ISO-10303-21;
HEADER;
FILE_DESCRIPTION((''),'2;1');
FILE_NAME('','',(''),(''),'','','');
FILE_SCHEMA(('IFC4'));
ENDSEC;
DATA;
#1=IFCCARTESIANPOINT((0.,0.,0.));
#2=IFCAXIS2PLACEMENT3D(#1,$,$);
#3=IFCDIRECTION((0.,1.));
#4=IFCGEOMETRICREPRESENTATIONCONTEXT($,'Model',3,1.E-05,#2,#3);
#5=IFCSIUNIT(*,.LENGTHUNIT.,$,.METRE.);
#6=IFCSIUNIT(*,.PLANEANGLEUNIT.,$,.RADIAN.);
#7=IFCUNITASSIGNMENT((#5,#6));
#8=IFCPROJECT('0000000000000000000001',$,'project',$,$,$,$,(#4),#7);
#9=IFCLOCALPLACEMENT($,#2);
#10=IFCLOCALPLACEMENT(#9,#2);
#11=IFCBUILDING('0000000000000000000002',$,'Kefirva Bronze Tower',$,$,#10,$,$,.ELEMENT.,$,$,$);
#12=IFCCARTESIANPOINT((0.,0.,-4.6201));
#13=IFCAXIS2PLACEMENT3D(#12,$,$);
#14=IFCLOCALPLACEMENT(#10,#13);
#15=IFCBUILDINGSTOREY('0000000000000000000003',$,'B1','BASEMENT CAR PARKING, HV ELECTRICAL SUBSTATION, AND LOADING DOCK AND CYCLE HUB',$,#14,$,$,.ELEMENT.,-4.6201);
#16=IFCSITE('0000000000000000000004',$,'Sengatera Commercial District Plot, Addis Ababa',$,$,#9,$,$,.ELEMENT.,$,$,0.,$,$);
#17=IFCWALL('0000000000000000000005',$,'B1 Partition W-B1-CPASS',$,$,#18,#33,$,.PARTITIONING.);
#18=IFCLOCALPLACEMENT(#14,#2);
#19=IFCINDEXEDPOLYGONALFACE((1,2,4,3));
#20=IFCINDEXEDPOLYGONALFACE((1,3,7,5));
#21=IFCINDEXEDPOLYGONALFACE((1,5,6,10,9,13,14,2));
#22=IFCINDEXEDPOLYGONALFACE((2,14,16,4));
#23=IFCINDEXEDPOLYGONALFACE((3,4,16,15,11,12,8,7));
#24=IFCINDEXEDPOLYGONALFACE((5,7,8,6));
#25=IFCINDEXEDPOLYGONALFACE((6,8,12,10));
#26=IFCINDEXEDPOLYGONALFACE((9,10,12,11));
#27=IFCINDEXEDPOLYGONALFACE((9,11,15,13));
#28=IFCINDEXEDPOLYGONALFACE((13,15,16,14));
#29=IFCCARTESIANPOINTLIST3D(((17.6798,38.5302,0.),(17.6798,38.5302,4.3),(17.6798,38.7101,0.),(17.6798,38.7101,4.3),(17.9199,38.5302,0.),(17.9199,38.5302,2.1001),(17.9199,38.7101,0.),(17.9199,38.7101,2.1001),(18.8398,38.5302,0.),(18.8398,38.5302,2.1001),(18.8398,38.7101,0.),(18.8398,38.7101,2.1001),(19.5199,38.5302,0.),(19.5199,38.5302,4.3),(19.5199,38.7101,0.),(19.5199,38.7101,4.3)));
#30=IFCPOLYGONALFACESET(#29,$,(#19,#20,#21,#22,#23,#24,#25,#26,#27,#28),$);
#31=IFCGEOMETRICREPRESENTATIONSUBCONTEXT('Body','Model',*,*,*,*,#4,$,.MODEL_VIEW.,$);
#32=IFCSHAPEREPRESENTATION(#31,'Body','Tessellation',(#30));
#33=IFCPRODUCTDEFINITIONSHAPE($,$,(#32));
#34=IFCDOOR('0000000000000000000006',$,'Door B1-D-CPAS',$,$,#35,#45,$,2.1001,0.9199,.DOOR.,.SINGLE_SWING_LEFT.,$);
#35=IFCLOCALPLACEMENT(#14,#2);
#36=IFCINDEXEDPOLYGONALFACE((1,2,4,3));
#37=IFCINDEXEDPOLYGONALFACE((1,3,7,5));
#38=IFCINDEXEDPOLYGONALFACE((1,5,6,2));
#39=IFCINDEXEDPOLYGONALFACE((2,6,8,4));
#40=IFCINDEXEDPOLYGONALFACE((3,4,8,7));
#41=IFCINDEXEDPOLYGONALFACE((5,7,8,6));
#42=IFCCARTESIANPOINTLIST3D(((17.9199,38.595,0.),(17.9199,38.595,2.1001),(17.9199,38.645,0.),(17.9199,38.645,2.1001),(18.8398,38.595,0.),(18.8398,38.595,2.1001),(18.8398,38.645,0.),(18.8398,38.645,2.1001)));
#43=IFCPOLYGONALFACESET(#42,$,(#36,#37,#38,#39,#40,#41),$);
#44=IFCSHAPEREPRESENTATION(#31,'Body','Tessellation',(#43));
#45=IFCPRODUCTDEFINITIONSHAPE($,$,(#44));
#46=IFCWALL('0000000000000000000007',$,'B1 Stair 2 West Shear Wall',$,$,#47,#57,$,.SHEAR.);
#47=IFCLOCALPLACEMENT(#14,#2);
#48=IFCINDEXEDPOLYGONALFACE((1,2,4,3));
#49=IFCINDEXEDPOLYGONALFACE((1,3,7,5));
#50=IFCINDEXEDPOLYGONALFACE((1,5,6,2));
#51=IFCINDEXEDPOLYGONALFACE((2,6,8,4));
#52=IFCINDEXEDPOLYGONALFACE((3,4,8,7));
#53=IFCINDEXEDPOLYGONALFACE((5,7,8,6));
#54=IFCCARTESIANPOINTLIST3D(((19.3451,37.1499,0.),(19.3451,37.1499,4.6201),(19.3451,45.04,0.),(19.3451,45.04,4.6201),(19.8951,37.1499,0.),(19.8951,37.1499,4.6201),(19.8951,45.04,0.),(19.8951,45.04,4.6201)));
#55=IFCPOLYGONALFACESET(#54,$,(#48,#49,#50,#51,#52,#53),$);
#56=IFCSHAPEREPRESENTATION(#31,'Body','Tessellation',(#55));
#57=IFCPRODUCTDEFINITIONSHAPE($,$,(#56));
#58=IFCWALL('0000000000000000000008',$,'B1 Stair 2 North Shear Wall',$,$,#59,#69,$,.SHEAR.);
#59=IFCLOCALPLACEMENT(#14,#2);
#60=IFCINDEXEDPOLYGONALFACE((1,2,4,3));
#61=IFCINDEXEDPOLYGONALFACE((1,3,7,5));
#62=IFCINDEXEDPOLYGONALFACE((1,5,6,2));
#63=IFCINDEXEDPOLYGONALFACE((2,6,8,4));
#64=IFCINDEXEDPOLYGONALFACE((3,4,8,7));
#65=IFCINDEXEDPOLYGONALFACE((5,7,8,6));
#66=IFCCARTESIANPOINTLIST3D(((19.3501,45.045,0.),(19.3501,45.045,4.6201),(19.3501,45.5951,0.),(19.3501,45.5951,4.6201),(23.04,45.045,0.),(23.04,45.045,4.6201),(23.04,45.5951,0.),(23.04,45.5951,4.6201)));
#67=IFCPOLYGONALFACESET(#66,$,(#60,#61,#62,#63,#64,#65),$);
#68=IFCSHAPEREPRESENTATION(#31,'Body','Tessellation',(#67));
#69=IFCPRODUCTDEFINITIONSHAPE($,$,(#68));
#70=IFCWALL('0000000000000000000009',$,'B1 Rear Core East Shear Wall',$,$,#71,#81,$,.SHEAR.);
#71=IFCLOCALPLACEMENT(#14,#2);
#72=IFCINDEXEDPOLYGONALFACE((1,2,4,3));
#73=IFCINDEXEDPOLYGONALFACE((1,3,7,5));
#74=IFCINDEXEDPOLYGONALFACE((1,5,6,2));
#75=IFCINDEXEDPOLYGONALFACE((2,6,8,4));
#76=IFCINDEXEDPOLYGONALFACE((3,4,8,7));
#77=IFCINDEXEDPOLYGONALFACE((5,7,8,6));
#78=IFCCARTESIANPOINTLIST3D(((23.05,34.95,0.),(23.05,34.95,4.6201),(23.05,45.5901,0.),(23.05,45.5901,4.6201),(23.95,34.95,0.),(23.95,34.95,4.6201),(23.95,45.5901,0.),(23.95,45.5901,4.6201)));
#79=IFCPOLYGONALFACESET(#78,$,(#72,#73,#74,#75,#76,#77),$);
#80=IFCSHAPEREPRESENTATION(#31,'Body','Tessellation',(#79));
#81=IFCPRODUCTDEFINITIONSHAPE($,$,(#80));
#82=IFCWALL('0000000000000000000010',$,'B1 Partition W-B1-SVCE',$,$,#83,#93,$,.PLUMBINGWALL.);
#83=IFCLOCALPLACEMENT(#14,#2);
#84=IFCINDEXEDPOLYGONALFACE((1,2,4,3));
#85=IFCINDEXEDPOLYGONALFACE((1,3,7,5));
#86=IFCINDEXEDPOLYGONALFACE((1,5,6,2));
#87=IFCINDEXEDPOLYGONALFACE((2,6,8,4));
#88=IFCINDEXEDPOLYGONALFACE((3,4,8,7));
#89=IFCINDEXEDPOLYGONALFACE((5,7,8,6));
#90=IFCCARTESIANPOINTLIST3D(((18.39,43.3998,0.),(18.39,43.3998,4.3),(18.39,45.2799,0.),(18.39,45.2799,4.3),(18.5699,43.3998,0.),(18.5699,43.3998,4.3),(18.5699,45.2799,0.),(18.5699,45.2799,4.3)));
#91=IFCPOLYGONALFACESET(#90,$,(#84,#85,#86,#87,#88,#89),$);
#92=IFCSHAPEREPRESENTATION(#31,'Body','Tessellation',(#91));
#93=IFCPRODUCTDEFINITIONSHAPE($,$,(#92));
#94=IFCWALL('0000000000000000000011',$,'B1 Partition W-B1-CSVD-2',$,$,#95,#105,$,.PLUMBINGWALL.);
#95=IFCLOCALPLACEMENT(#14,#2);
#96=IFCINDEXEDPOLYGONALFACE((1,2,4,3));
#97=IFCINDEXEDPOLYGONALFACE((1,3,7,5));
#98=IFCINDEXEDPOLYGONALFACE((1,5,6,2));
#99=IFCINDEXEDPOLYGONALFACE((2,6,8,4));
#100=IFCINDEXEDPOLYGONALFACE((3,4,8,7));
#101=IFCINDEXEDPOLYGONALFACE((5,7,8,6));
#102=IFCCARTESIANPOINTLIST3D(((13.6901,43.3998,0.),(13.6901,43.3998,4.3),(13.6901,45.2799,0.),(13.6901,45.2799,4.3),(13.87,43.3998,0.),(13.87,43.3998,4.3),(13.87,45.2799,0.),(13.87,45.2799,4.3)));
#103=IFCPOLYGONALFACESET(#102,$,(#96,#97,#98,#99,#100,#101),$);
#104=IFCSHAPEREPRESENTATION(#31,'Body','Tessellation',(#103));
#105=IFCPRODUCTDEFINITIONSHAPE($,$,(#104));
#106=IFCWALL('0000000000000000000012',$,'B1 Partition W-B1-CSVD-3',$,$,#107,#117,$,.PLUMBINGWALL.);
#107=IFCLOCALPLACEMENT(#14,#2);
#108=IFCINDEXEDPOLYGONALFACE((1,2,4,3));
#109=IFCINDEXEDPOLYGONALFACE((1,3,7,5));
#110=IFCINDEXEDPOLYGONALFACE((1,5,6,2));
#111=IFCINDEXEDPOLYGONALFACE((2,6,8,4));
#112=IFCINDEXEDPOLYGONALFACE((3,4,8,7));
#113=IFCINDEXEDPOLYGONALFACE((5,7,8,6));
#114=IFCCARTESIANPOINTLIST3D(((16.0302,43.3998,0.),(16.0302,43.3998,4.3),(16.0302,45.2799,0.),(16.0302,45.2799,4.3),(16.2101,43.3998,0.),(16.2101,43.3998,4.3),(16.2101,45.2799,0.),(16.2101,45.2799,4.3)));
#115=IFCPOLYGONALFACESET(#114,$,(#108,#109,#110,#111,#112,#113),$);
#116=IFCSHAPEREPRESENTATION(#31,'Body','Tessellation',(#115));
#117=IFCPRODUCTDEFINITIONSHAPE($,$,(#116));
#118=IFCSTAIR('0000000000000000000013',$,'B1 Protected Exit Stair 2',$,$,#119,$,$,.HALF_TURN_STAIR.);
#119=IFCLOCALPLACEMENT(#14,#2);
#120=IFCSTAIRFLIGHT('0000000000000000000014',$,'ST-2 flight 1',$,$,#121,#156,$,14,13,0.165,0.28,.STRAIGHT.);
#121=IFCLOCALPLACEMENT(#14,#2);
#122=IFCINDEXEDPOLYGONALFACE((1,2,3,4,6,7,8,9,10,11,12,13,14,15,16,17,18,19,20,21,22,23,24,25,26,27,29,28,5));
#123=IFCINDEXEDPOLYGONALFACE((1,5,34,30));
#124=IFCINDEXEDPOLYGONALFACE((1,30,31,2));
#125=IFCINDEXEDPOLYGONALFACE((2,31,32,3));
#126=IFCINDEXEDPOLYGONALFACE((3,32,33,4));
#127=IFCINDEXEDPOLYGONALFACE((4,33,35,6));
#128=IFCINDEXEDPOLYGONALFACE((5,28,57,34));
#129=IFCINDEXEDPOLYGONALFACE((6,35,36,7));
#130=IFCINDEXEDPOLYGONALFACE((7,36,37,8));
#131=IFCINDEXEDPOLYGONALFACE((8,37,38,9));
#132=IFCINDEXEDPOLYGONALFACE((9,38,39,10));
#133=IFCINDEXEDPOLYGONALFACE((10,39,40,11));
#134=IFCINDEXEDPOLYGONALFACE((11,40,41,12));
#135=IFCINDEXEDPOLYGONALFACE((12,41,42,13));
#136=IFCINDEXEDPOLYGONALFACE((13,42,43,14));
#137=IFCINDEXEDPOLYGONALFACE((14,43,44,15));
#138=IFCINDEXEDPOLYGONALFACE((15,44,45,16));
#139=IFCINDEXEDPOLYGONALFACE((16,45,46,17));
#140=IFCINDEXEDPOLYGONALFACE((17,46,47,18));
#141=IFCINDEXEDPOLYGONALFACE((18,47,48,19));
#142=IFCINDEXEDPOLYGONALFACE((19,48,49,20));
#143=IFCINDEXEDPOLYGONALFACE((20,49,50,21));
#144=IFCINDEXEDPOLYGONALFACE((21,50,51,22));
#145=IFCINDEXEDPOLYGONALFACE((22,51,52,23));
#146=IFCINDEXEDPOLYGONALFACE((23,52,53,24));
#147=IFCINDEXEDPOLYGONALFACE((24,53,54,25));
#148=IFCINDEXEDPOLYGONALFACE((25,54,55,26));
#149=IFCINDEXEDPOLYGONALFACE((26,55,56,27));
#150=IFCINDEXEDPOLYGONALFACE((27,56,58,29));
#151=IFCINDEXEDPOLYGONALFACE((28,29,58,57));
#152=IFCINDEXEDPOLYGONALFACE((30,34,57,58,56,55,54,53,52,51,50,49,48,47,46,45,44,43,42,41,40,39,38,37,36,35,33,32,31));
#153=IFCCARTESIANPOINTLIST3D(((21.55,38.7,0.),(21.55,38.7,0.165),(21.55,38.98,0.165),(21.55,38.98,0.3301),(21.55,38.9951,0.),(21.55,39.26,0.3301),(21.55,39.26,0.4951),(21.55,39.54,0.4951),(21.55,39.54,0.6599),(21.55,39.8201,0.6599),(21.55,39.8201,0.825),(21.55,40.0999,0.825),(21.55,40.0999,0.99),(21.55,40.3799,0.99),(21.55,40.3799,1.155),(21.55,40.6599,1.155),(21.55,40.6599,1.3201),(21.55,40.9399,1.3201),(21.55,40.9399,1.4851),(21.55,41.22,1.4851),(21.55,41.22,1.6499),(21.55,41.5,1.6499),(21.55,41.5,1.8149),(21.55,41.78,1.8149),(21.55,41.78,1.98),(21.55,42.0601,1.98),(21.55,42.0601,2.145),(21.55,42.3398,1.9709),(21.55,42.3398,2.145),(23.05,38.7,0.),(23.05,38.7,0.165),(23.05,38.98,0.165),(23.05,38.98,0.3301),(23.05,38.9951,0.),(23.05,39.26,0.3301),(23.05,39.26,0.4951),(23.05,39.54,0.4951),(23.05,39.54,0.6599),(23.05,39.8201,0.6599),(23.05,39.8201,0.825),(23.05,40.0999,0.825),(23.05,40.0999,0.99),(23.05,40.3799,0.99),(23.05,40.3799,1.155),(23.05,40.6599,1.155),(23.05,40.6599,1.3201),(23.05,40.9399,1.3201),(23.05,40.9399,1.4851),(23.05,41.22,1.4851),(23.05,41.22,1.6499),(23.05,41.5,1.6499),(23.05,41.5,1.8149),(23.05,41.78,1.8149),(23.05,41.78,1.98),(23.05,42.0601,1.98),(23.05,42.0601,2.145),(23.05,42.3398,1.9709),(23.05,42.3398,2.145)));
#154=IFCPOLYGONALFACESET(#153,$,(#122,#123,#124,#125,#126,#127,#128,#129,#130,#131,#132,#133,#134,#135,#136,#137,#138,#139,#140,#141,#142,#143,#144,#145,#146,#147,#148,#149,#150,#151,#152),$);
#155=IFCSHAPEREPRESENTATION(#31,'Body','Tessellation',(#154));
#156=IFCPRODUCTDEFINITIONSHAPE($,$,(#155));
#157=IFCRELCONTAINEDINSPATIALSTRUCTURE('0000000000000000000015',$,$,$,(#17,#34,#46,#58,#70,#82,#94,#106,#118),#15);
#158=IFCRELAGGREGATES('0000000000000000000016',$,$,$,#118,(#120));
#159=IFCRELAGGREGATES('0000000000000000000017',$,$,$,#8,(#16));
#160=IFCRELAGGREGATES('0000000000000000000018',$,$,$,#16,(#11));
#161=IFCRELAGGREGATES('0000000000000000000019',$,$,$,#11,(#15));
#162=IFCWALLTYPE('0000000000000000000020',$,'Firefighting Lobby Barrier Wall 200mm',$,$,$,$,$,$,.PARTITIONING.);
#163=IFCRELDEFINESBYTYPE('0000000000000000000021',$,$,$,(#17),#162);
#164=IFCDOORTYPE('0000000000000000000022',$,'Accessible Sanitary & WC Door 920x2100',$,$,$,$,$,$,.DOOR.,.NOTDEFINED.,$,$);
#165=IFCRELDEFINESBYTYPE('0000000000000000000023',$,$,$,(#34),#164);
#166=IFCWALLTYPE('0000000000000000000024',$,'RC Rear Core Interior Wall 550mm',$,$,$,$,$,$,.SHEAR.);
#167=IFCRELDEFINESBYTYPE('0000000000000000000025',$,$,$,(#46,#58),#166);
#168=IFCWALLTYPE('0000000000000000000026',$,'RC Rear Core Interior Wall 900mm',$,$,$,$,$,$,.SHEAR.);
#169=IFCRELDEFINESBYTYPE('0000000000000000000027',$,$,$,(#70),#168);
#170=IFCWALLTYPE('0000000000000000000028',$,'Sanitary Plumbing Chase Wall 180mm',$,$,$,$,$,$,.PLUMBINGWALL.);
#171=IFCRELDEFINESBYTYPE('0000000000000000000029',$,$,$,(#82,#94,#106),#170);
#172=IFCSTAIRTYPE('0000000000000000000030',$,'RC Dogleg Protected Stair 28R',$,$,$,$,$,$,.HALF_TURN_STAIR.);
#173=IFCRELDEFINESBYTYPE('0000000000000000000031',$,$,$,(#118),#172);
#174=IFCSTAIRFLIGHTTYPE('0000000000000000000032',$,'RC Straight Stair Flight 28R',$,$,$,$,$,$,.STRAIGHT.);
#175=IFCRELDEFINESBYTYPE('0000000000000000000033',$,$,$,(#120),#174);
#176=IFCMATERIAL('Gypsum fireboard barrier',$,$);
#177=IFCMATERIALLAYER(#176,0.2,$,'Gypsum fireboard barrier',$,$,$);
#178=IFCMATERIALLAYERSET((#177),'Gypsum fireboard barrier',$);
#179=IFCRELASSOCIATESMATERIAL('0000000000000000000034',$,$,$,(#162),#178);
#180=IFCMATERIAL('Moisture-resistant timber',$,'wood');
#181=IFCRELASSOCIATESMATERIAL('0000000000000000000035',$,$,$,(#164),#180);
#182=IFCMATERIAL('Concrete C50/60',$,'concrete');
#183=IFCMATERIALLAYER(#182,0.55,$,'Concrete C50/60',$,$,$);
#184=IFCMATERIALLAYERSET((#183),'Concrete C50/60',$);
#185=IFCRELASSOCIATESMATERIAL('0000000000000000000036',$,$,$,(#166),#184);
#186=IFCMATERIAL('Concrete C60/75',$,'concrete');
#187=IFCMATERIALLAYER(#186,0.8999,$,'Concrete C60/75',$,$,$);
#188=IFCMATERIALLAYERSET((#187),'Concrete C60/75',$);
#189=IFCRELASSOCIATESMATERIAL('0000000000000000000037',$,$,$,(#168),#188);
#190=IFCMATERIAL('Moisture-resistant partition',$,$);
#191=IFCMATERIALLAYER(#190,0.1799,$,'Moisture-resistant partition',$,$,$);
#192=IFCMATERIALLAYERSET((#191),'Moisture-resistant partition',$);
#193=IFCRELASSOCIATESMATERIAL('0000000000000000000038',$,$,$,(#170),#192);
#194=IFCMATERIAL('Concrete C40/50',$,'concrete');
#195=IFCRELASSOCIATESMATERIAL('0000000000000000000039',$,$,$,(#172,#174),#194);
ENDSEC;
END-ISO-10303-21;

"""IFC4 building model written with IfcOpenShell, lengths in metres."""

from ifc_helpers import new_model, si_unit, direction, frame, frame_2d, origin, place, context, subcontext, project, spatial, polyline, rectangle, outline, extrude, material, layer, layer_set, type_object, element, fill, aggregate, save


model = new_model("IFC4")

# Units and contexts
model_context = context("Model", 3, precision=1e-05, world=origin(), true_north=direction((0.0, 1.0)))
body_context = subcontext(model_context, "Body", "Model", "MODEL_VIEW")
ifc_project = project(units=[si_unit("LENGTHUNIT", "METRE"), si_unit("PLANEANGLEUNIT", "RADIAN")], contexts=[model_context])

# Site, building, storey
site_placement = place(None, origin())
site = spatial("IfcSite", under=ifc_project, at=site_placement, Name="Sengatera Commercial District Plot, Addis Ababa", CompositionType="ELEMENT", RefElevation=0.0)
building_placement = place(site_placement, origin())
building = spatial("IfcBuilding", under=site, at=building_placement, Name="Kefirva Bronze Tower", CompositionType="ELEMENT")
storey_placement = place(building_placement, frame((0.0, 0.0, -4.6201)))
storey = spatial("IfcBuildingStorey", under=building, at=storey_placement, Name="B1", Description="BASEMENT CAR PARKING, HV ELECTRICAL SUBSTATION, AND LOADING DOCK AND CYCLE HUB", CompositionType="ELEMENT", Elevation=-4.6201)

# Shared definitions
ifc_material_1 = material(Name="Concrete C60/75", Category="concrete")

# Shared definitions
ifc_material_2 = material(Name="Concrete C50/60", Category="concrete")

# Wall, opening, door
ifc_material_3 = material(Name="Gypsum fireboard barrier")
ifc_layer_1 = layer(ifc_material_3, 0.2, Name="Gypsum fireboard barrier")
ifc_layer_set_1 = layer_set([ifc_layer_1], Name="Gypsum fireboard barrier")
wall_type_1 = type_object("IfcWallType", Name="Firefighting Lobby Barrier Wall 200mm", PredefinedType="PARTITIONING", material=ifc_layer_set_1)
wall_1_placement = place(storey_placement, frame((17.6799, 38.6201, 0.0), z_axis=(0.0, 0.0, 1.0), x_axis=(1.0, 0.0, 0.0)))
wall_1 = element("IfcWall", 1, at=wall_1_placement, inside=storey, type_object=wall_type_1, Name="B1 Partition W-B1-CPASS", PredefinedType="PARTITIONING", context=body_context, shape_type="SweptSolid", body=[
    extrude(rectangle(XDim=1.8401, YDim=0.1799, at=frame_2d((0.9199, 0.0))), origin(), (0.0, 0.0, 1.0), 4.3),
])
opening_1_placement = place(wall_1_placement, frame((0.24, 0.0, 0.0)))
opening_1 = element("IfcOpeningElement", 2, at=opening_1_placement, cuts=wall_1, PredefinedType="OPENING", context=body_context, shape_type="SweptSolid", body=[
    extrude(rectangle(XDim=0.9199, YDim=2.1001, at=frame_2d((0.46, 1.05))), frame((0.0, 0.1001, 0.0), z_axis=(0.0, -1.0, 0.0), x_axis=(1.0, 0.0, 0.0)), (0.0, 0.0, 1.0), 0.2),
])
ifc_material_4 = material(Name="Moisture-resistant timber", Category="wood")
door_type_1 = type_object("IfcDoorType", Name="Accessible Sanitary & WC Door 920x2100", OperationType="NOTDEFINED", PredefinedType="DOOR", material=ifc_material_4)
door_1_placement = place(opening_1_placement, origin())
door_1 = element("IfcDoor", 3, at=door_1_placement, inside=storey, type_object=door_type_1, Name="Door B1-D-CPAS", OperationType="SINGLE_SWING_LEFT", OverallHeight=2.1001, OverallWidth=0.9199, PredefinedType="DOOR", context=body_context, shape_type="SweptSolid", body=[
    extrude(rectangle(XDim=0.9199, YDim=2.1001, at=frame_2d((0.46, 1.05))), frame((0.0, 0.0249, 0.0), z_axis=(0.0, -1.0, 0.0), x_axis=(1.0, 0.0, 0.0)), (0.0, 0.0, 1.0), 0.05),
])
fill(opening_1, door_1)

# Walls
ifc_layer_2 = layer(ifc_material_2, 0.55, Name="Concrete C50/60")
ifc_layer_set_2 = layer_set([ifc_layer_2], Name="Concrete C50/60")
wall_type_2 = type_object("IfcWallType", Name="RC Rear Core Interior Wall 550mm", PredefinedType="SHEAR", material=ifc_layer_set_2)
wall_2_placement = place(storey_placement, frame((19.6201, 37.1499, 0.0), z_axis=(0.0, 0.0, 1.0), x_axis=(0.0, 1.0, 0.0)))
element("IfcWall", 4, at=wall_2_placement, inside=storey, type_object=wall_type_2, Name="B1 Stair 2 West Shear Wall", PredefinedType="SHEAR", context=body_context, shape_type="SweptSolid", body=[
    extrude(rectangle(XDim=7.8901, YDim=0.55, at=frame_2d((3.9451, 0.0))), origin(), (0.0, 0.0, 1.0), 4.6201),
])
wall_3_placement = place(storey_placement, frame((19.3501, 45.3201, 0.0), z_axis=(0.0, 0.0, 1.0), x_axis=(1.0, 0.0, 0.0)))
element("IfcWall", 5, at=wall_3_placement, inside=storey, type_object=wall_type_2, Name="B1 Stair 2 North Shear Wall", PredefinedType="SHEAR", context=body_context, shape_type="SweptSolid", body=[
    extrude(rectangle(XDim=3.6899, YDim=0.55, at=frame_2d((1.845, 0.0))), origin(), (0.0, 0.0, 1.0), 4.6201),
])
ifc_layer_3 = layer(ifc_material_1, 0.8999, Name="Concrete C60/75")
ifc_layer_set_3 = layer_set([ifc_layer_3], Name="Concrete C60/75")
wall_type_3 = type_object("IfcWallType", Name="RC Rear Core Interior Wall 900mm", PredefinedType="SHEAR", material=ifc_layer_set_3)
wall_4_placement = place(storey_placement, frame((23.5, 34.95, 0.0), z_axis=(0.0, 0.0, 1.0), x_axis=(0.0, 1.0, 0.0)))
element("IfcWall", 6, at=wall_4_placement, inside=storey, type_object=wall_type_3, Name="B1 Rear Core East Shear Wall", PredefinedType="SHEAR", context=body_context, shape_type="SweptSolid", body=[
    extrude(rectangle(XDim=10.6401, YDim=0.8999, at=frame_2d((5.3201, 0.0))), origin(), (0.0, 0.0, 1.0), 4.6201),
])
ifc_material_5 = material(Name="Moisture-resistant partition")
ifc_layer_4 = layer(ifc_material_5, 0.1799, Name="Moisture-resistant partition")
ifc_layer_set_4 = layer_set([ifc_layer_4], Name="Moisture-resistant partition")
wall_type_4 = type_object("IfcWallType", Name="Sanitary Plumbing Chase Wall 180mm", PredefinedType="PLUMBINGWALL", material=ifc_layer_set_4)
for number, where, z_axis, x_axis, name in (
    (7, (18.48, 43.3999, 0.0), (0.0, 0.0, 1.0), (0.0, 1.0, 0.0), "B1 Partition W-B1-SVCE"),
    (8, (13.78, 43.3999, 0.0), (0.0, 0.0, 1.0), (0.0, 1.0, 0.0), "B1 Partition W-B1-CSVD-2"),
    (9, (16.1201, 43.3999, 0.0), (0.0, 0.0, 1.0), (0.0, 1.0, 0.0), "B1 Partition W-B1-CSVD-3"),
):
    element("IfcWall", number, at=place(storey_placement, frame(where, z_axis=z_axis, x_axis=x_axis)), inside=storey, type_object=wall_type_4, Name=name, PredefinedType="PLUMBINGWALL", context=body_context, shape_type="SweptSolid", body=[
        extrude(rectangle(XDim=1.8801, YDim=0.1799, at=frame_2d((0.9399, 0.0))), origin(), (0.0, 0.0, 1.0), 4.3),
    ])

# Stair, stair flight
ifc_material_6 = material(Name="Concrete C40/50", Category="concrete")
stair_type = type_object("IfcStairType", Name="RC Dogleg Protected Stair 28R", PredefinedType="HALF_TURN_STAIR", material=ifc_material_6)
stair_placement = place(storey_placement, origin())
stair = element("IfcStair", 10, at=stair_placement, inside=storey, type_object=stair_type, Name="B1 Protected Exit Stair 2", PredefinedType="HALF_TURN_STAIR")
stair_flight_type = type_object("IfcStairFlightType", Name="RC Straight Stair Flight 28R", PredefinedType="STRAIGHT", material=ifc_material_6)
stair_flight_1_placement = place(storey_placement, frame((22.3, 38.7, 0.0), z_axis=(0.0, 0.0, 1.0), x_axis=(0.0, 1.0, 0.0)))
stair_flight_1 = element("IfcStairFlight", 11, at=stair_flight_1_placement, type_object=stair_flight_type, Name="ST-2 flight 1", NumberOfRisers=14, NumberOfTreads=13, PredefinedType="STRAIGHT", RiserHeight=0.165, TreadLength=0.28, context=body_context, shape_type="SweptSolid", body=[
    extrude(outline(polyline([(0.0, 0.0), (0.0, 0.165), (0.28, 0.165), (0.28, 0.3301), (0.5601, 0.3301), (0.5601, 0.4951), (0.8401, 0.4951), (0.8401, 0.6599), (1.1201, 0.6599), (1.1201, 0.825), (1.3999, 0.825), (1.3999, 0.99), (1.6799, 0.99), (1.6799, 1.155), (1.96, 1.155), (1.96, 1.3201), (2.24, 1.3201), (2.24, 1.4851), (2.52, 1.4851), (2.52, 1.6499), (2.8, 1.6499), (2.8, 1.8149), (3.0801, 1.8149), (3.0801, 1.98), (3.3601, 1.98), (3.3601, 2.145), (3.6399, 2.145), (3.6399, 2.3101), (3.6399, 1.9709), (0.2952, 0.0), (0.0, 0.0)])), frame((0.0, 0.75, 0.0), z_axis=(0.0, -1.0, 0.0), x_axis=(1.0, 0.0, 0.0)), (0.0, 0.0, 1.0), 1.5),
])
aggregate(stair, [stair_flight_1])

save(model, "model.ifc")
